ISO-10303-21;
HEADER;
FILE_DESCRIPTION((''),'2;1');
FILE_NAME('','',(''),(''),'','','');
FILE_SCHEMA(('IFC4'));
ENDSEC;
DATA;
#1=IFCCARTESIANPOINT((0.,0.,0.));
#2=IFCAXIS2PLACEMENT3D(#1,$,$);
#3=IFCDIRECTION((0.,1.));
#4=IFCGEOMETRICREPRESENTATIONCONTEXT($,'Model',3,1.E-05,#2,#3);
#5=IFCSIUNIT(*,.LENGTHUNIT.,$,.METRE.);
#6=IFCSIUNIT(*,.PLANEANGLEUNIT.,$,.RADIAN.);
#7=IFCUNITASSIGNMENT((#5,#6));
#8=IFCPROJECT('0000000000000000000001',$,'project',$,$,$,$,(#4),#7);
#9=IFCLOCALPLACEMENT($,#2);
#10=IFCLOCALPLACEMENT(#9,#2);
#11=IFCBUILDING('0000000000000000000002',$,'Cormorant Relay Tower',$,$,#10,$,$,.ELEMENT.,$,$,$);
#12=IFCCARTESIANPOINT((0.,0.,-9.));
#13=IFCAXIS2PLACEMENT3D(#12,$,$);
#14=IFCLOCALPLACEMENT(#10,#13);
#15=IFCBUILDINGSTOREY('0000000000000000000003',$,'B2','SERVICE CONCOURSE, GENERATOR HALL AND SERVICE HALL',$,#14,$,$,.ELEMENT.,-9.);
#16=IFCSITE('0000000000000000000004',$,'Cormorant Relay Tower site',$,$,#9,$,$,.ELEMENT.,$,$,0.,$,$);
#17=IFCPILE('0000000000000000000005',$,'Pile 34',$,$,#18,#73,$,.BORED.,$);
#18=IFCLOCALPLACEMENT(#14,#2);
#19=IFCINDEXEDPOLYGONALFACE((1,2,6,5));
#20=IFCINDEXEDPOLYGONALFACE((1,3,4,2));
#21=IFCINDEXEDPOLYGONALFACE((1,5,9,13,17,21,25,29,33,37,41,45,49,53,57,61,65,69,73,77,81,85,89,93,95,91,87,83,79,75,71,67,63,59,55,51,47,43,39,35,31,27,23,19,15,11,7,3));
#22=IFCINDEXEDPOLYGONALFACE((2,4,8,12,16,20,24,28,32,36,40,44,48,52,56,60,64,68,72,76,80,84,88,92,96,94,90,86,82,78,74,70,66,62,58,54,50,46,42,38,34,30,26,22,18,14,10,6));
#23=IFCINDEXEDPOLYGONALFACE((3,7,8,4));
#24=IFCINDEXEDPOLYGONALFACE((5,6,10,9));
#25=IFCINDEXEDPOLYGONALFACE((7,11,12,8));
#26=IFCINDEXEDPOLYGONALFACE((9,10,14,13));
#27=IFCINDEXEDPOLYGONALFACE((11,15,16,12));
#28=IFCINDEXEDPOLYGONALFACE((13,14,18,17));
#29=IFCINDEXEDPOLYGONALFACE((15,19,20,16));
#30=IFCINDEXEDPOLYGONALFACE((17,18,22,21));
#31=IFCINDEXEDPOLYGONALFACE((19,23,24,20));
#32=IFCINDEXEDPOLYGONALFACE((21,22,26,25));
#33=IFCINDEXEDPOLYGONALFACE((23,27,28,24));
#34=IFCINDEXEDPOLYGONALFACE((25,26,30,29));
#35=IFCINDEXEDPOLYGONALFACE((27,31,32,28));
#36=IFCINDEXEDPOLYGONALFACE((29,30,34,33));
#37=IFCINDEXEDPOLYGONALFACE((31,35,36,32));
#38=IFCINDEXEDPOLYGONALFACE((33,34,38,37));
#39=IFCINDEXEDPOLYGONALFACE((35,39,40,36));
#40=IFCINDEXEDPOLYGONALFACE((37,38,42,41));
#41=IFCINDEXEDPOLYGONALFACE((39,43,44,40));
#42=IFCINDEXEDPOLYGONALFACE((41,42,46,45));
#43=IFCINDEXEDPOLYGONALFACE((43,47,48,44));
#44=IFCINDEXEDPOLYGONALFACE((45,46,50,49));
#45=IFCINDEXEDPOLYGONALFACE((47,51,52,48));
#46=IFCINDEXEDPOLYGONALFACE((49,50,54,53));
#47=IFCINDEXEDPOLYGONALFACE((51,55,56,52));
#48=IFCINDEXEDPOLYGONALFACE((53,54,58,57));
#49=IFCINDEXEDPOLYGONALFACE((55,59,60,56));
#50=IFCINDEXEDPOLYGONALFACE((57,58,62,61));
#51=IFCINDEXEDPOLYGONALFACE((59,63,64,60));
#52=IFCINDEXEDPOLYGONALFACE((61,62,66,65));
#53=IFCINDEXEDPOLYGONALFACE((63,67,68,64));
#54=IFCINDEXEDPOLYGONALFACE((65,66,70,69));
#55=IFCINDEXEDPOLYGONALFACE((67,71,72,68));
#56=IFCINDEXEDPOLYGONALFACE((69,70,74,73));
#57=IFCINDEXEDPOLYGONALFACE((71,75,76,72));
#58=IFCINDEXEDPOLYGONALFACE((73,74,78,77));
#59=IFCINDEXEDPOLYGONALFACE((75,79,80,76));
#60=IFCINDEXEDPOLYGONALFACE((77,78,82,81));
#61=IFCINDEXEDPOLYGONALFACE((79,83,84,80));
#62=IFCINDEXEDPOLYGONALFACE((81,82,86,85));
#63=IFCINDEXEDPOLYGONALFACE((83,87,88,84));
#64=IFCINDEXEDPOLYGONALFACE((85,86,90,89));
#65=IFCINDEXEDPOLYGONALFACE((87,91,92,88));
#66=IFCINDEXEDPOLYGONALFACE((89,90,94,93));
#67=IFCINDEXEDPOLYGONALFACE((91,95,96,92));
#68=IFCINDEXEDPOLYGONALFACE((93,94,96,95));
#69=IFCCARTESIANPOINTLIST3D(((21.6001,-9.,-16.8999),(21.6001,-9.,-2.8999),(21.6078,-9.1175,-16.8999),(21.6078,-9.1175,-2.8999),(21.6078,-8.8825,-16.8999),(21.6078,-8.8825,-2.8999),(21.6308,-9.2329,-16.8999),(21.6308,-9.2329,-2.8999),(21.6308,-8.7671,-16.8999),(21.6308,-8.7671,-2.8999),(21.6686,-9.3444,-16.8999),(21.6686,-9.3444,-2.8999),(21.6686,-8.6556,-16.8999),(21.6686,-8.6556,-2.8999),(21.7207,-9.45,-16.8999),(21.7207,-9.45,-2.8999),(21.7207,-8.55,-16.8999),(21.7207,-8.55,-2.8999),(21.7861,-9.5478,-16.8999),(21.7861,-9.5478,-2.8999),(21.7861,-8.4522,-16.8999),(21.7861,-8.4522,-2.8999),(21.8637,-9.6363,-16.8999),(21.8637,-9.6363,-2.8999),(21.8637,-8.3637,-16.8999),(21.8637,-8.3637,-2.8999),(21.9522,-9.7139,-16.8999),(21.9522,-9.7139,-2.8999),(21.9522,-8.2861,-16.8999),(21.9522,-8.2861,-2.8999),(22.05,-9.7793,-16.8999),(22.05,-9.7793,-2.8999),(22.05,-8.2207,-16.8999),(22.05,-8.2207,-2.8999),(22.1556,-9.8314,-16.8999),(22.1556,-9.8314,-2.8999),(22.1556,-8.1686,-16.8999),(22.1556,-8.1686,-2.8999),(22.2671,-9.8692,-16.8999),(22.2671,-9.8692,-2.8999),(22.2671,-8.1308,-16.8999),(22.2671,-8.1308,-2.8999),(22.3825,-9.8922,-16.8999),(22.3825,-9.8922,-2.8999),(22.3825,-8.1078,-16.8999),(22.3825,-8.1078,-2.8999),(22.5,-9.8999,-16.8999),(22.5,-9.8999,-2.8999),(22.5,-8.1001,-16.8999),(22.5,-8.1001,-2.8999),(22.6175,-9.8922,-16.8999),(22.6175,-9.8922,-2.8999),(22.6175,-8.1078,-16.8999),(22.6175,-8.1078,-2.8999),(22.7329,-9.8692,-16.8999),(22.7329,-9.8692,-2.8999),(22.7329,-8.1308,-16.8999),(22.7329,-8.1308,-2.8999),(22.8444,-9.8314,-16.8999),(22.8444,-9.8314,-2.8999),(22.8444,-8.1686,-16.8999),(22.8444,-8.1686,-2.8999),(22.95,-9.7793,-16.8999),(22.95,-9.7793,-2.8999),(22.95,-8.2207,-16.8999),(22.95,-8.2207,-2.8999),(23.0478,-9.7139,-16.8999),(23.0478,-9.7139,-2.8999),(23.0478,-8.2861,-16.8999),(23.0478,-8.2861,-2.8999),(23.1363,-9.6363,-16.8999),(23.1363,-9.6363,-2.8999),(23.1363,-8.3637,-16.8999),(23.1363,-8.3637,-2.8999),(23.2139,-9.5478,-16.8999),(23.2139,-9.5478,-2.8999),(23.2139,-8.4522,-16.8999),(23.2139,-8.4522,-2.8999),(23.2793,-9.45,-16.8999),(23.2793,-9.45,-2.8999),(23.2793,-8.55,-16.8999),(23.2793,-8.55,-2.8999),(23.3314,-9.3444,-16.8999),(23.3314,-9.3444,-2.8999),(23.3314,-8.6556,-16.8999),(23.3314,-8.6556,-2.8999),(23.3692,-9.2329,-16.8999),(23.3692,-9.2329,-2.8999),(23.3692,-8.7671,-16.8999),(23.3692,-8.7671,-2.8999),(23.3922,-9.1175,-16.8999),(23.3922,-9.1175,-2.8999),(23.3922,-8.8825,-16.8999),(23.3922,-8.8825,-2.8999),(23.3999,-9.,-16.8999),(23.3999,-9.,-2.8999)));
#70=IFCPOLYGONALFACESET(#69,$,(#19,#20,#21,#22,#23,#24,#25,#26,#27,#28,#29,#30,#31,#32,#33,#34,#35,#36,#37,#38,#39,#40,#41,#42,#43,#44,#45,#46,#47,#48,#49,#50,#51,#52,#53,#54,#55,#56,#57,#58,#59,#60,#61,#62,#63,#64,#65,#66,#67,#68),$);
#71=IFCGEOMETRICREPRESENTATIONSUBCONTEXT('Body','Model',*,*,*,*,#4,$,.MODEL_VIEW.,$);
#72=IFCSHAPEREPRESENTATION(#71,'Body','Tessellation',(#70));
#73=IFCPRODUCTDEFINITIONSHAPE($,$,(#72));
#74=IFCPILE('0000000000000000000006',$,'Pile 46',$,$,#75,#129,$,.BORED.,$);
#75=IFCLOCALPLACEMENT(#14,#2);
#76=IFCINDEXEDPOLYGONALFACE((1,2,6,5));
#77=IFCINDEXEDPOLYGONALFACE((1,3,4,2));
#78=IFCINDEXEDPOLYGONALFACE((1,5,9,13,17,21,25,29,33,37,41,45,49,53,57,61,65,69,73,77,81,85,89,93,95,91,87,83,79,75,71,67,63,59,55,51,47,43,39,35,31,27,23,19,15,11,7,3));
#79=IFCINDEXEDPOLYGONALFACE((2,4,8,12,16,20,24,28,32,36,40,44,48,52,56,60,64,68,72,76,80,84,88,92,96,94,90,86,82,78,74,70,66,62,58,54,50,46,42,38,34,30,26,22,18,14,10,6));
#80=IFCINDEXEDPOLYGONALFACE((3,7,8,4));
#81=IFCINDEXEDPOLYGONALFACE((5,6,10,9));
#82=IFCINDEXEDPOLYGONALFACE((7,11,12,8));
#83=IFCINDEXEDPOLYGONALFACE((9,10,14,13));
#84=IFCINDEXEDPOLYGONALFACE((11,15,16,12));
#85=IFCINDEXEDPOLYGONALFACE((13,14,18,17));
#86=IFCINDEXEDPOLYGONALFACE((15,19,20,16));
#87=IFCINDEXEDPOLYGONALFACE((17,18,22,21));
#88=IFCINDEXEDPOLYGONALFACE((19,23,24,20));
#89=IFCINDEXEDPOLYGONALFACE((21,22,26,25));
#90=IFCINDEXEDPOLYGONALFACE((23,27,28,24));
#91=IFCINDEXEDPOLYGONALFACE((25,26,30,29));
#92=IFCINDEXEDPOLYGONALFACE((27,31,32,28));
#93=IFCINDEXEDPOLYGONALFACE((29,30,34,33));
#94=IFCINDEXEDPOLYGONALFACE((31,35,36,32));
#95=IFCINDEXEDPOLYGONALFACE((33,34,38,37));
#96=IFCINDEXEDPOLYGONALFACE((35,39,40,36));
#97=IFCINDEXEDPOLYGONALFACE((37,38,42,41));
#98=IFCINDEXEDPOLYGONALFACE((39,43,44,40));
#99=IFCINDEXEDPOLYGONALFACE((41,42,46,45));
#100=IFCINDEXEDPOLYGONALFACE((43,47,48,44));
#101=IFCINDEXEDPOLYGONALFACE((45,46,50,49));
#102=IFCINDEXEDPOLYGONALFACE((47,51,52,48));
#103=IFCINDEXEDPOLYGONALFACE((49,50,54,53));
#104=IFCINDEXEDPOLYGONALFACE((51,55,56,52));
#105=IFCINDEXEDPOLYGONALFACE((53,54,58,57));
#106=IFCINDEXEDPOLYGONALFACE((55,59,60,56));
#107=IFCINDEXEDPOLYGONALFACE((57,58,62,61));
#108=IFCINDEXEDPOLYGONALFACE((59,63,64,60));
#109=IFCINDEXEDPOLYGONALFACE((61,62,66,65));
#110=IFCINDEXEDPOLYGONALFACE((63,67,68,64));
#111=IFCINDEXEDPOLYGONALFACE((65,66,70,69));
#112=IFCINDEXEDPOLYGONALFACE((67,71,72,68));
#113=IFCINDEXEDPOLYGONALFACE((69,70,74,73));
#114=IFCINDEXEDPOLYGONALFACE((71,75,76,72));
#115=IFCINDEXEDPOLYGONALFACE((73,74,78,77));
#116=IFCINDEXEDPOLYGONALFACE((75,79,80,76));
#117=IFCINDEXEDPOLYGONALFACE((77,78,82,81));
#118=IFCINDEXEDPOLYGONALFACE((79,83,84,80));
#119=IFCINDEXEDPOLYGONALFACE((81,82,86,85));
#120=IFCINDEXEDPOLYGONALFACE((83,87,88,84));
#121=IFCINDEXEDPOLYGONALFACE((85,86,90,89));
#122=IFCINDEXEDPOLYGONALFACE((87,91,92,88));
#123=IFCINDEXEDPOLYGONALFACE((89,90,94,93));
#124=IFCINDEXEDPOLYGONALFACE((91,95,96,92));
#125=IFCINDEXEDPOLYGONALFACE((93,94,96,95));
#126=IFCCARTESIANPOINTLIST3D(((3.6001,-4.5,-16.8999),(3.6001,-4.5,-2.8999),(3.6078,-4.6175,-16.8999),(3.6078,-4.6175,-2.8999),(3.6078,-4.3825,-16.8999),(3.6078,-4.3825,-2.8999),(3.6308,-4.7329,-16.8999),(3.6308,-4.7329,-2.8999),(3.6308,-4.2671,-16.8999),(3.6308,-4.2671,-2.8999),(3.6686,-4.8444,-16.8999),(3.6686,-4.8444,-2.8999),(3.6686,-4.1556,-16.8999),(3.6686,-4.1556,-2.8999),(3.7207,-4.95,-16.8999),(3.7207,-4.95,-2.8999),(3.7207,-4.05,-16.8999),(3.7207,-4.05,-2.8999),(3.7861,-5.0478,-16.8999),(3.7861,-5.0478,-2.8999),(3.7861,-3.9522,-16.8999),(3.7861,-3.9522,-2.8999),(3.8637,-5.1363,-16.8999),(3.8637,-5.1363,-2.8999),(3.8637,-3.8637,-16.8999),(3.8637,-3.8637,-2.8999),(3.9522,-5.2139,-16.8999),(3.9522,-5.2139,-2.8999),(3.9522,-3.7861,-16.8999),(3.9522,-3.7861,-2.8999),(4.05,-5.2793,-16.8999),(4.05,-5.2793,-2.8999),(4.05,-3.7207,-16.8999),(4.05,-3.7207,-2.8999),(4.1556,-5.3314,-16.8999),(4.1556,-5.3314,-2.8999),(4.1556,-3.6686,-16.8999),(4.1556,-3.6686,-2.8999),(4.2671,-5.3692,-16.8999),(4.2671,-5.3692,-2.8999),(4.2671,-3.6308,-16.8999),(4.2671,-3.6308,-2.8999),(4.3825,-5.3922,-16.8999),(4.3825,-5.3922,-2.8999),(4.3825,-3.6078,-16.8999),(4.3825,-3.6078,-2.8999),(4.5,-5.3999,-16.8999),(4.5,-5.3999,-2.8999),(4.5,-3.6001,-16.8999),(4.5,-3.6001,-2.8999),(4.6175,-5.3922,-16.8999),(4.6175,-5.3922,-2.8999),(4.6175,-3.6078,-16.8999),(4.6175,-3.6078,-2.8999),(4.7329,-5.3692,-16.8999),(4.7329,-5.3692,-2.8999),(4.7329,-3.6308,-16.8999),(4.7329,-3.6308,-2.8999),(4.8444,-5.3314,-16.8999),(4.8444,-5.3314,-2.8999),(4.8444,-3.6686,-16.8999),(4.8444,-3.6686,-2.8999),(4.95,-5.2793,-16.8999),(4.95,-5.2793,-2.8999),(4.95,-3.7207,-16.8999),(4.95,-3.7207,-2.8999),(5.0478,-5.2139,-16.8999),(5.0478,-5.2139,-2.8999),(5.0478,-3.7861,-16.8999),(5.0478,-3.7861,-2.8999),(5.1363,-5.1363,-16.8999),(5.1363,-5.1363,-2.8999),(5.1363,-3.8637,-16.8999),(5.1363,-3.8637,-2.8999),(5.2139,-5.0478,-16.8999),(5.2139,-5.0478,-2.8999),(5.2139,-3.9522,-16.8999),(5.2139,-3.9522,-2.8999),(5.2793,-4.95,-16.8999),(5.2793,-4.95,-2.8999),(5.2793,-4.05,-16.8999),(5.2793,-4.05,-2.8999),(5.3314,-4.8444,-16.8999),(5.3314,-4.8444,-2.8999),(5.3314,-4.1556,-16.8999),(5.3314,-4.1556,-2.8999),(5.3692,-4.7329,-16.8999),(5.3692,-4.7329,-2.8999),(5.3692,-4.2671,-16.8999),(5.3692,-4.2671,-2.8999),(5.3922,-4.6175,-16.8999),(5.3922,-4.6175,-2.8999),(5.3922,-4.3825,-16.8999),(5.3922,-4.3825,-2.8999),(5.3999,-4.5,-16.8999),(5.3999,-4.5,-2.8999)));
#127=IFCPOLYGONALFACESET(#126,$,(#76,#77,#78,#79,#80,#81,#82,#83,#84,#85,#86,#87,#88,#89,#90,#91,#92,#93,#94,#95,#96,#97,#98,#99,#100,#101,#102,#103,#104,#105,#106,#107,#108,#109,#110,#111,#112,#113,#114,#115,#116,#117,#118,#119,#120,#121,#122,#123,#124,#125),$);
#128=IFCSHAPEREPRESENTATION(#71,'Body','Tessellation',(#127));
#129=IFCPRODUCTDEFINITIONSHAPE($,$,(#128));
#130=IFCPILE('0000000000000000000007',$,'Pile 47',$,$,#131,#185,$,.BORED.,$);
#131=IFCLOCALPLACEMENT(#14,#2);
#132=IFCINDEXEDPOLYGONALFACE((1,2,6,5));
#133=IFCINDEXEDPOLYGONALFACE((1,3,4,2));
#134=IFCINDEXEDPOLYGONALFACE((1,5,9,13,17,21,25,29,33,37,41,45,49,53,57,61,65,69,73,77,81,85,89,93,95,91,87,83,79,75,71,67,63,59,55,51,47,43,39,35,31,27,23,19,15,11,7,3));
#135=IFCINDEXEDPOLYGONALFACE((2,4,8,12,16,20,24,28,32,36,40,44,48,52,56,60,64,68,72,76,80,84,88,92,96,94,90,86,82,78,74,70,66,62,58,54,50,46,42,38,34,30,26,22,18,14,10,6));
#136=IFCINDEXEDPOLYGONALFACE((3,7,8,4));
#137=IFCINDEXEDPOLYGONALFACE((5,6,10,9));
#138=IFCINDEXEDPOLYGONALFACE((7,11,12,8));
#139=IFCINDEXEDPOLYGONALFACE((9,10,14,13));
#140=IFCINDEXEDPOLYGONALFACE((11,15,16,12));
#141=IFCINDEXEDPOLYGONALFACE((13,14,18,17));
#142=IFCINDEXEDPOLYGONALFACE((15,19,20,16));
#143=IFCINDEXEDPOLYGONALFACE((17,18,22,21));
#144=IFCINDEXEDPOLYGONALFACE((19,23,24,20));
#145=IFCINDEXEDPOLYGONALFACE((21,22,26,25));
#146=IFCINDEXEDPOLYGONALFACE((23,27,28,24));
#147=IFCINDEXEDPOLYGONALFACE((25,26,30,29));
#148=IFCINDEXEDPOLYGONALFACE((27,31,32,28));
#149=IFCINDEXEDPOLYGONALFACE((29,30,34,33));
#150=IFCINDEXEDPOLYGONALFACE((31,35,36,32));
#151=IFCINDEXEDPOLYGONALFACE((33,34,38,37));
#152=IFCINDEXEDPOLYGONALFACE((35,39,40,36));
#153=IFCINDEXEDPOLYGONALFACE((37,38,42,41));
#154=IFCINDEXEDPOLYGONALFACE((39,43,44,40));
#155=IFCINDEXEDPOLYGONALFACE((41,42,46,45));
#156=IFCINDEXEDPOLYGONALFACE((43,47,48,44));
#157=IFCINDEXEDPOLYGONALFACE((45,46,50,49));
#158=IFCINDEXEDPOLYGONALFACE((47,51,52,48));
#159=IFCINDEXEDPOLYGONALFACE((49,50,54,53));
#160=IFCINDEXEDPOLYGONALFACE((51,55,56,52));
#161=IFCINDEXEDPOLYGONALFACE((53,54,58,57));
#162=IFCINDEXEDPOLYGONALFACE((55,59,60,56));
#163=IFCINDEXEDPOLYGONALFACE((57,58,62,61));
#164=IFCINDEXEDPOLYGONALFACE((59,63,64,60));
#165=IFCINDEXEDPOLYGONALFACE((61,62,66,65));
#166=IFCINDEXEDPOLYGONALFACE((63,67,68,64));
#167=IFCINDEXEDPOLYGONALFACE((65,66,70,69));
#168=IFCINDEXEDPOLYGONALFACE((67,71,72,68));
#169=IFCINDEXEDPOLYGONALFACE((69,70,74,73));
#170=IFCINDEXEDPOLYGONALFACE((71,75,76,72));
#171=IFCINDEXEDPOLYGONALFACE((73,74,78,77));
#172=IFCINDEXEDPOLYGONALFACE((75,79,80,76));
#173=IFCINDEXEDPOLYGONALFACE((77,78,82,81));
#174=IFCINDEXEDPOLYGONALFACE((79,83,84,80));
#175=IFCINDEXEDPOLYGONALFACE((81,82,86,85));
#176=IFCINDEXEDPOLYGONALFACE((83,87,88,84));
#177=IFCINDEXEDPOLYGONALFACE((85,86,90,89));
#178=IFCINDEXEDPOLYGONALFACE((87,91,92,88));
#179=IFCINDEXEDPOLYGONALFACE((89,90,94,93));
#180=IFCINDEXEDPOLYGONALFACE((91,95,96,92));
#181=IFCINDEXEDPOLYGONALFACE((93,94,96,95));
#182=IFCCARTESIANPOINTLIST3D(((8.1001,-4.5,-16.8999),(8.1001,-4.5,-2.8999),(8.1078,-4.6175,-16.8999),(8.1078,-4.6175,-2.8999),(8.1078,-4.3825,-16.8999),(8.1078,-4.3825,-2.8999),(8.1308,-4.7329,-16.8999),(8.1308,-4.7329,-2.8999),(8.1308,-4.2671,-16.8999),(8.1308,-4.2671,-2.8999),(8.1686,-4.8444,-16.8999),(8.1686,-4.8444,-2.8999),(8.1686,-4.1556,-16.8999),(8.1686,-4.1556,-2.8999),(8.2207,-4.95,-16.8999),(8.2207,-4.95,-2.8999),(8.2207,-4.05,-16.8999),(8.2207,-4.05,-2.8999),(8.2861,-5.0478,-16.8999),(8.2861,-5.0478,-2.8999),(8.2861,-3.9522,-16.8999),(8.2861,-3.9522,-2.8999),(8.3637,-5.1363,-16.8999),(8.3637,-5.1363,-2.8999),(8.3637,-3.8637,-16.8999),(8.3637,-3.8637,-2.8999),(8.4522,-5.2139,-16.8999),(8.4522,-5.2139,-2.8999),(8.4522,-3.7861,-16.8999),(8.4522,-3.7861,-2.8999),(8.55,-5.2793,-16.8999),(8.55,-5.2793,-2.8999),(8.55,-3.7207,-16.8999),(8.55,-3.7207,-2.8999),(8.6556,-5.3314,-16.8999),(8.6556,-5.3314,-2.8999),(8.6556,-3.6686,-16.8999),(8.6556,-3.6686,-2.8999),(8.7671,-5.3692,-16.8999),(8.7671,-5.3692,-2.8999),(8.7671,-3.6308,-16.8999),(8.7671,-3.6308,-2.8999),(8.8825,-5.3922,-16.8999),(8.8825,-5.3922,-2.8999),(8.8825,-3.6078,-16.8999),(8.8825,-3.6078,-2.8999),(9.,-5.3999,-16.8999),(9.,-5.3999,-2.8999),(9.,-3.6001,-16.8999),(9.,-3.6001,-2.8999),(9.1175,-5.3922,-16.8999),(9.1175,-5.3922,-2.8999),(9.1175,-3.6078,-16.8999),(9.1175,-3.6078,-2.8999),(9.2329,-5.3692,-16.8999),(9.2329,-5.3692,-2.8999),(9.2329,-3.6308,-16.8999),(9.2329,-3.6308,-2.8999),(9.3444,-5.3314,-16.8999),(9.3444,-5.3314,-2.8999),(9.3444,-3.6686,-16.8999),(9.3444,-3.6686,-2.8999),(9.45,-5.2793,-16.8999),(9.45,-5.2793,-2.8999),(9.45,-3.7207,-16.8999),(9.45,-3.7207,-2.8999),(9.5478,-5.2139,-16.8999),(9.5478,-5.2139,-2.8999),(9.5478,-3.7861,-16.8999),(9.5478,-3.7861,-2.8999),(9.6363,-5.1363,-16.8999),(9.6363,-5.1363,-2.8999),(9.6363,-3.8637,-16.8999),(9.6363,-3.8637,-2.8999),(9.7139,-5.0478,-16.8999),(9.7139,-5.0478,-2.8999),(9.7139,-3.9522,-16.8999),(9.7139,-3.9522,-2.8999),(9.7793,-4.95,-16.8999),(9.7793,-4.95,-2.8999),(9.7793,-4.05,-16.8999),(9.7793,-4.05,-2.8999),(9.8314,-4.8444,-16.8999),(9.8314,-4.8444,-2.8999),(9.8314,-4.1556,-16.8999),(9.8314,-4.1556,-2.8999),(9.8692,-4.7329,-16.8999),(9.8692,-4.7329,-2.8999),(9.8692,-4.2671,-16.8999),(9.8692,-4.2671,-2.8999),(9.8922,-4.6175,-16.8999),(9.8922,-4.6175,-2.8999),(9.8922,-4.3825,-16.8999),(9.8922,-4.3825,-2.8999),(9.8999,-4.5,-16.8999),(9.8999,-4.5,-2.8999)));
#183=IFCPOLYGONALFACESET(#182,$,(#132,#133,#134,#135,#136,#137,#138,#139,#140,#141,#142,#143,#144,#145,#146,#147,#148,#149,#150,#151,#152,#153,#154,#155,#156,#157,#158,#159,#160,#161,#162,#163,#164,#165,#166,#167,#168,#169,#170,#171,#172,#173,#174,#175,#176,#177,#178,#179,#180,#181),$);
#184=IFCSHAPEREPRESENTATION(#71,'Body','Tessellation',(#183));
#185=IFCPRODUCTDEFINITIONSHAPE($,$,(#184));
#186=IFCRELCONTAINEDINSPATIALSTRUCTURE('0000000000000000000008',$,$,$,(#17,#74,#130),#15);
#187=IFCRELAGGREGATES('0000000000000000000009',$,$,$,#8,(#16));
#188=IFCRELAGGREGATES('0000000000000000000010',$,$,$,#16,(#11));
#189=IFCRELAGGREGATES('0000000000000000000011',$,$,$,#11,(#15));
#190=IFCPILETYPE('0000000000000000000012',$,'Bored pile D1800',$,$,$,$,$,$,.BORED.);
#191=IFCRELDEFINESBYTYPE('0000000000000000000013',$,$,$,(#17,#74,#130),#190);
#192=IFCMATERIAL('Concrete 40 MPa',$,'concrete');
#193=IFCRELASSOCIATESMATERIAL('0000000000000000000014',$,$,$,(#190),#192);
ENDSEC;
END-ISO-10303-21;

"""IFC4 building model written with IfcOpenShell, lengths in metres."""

from ifc_helpers import new_model, si_unit, direction, frame, origin, origin_2d, place, context, subcontext, project, spatial, circle, extrude, material, material_profile, profile_set, type_object, element, save


model = new_model("IFC4")

# Units and contexts
model_context = context("Model", 3, precision=1e-05, world=origin(), true_north=direction((0.0, 1.0)))
body_context = subcontext(model_context, "Body", "Model", "MODEL_VIEW")
ifc_project = project(units=[si_unit("LENGTHUNIT", "METRE"), si_unit("PLANEANGLEUNIT", "RADIAN")], contexts=[model_context])

# Site, building, storey
site_placement = place(None, origin())
site = spatial("IfcSite", under=ifc_project, at=site_placement, Name="Cormorant Relay Tower site", CompositionType="ELEMENT", RefElevation=0.0)
building_placement = place(site_placement, origin())
building = spatial("IfcBuilding", under=site, at=building_placement, Name="Cormorant Relay Tower", CompositionType="ELEMENT")
storey_placement = place(building_placement, frame((0.0, 0.0, -9.0)))
storey = spatial("IfcBuildingStorey", under=building, at=storey_placement, Name="B2", Description="SERVICE CONCOURSE, GENERATOR HALL AND SERVICE HALL", CompositionType="ELEMENT", Elevation=-9.0)

# Piles
ifc_material_1 = material(Name="Concrete 40 MPa", Category="concrete")
ifc_material_profile_1 = material_profile(ifc_material_1, circle(Radius=0.8999, at=origin_2d()), Name="BP1800")
ifc_profile_set_1 = profile_set([ifc_material_profile_1], Name="Concrete 40 MPa")
pile_type = type_object("IfcPileType", Name="Bored pile D1800", PredefinedType="BORED", material=ifc_profile_set_1)
for number, where, z_axis, x_axis, name in (
    (1, (22.5, -9.0, -2.8999), (0.0, 0.0, -1.0), (1.0, 0.0, 0.0), "Pile 34"),
    (2, (4.5, -4.5, -2.8999), (0.0, 0.0, -1.0), (1.0, 0.0, 0.0), "Pile 46"),
    (3, (9.0, -4.5, -2.8999), (0.0, 0.0, -1.0), (1.0, 0.0, 0.0), "Pile 47"),
):
    element("IfcPile", number, at=place(storey_placement, frame(where, z_axis=z_axis, x_axis=x_axis)), inside=storey, type_object=pile_type, Name=name, PredefinedType="BORED", context=body_context, shape_type="SweptSolid", body=[
        extrude(circle(Radius=0.8999, at=origin_2d()), origin(), (0.0, 0.0, 1.0), 14.0),
    ])

save(model, "model.ifc")
